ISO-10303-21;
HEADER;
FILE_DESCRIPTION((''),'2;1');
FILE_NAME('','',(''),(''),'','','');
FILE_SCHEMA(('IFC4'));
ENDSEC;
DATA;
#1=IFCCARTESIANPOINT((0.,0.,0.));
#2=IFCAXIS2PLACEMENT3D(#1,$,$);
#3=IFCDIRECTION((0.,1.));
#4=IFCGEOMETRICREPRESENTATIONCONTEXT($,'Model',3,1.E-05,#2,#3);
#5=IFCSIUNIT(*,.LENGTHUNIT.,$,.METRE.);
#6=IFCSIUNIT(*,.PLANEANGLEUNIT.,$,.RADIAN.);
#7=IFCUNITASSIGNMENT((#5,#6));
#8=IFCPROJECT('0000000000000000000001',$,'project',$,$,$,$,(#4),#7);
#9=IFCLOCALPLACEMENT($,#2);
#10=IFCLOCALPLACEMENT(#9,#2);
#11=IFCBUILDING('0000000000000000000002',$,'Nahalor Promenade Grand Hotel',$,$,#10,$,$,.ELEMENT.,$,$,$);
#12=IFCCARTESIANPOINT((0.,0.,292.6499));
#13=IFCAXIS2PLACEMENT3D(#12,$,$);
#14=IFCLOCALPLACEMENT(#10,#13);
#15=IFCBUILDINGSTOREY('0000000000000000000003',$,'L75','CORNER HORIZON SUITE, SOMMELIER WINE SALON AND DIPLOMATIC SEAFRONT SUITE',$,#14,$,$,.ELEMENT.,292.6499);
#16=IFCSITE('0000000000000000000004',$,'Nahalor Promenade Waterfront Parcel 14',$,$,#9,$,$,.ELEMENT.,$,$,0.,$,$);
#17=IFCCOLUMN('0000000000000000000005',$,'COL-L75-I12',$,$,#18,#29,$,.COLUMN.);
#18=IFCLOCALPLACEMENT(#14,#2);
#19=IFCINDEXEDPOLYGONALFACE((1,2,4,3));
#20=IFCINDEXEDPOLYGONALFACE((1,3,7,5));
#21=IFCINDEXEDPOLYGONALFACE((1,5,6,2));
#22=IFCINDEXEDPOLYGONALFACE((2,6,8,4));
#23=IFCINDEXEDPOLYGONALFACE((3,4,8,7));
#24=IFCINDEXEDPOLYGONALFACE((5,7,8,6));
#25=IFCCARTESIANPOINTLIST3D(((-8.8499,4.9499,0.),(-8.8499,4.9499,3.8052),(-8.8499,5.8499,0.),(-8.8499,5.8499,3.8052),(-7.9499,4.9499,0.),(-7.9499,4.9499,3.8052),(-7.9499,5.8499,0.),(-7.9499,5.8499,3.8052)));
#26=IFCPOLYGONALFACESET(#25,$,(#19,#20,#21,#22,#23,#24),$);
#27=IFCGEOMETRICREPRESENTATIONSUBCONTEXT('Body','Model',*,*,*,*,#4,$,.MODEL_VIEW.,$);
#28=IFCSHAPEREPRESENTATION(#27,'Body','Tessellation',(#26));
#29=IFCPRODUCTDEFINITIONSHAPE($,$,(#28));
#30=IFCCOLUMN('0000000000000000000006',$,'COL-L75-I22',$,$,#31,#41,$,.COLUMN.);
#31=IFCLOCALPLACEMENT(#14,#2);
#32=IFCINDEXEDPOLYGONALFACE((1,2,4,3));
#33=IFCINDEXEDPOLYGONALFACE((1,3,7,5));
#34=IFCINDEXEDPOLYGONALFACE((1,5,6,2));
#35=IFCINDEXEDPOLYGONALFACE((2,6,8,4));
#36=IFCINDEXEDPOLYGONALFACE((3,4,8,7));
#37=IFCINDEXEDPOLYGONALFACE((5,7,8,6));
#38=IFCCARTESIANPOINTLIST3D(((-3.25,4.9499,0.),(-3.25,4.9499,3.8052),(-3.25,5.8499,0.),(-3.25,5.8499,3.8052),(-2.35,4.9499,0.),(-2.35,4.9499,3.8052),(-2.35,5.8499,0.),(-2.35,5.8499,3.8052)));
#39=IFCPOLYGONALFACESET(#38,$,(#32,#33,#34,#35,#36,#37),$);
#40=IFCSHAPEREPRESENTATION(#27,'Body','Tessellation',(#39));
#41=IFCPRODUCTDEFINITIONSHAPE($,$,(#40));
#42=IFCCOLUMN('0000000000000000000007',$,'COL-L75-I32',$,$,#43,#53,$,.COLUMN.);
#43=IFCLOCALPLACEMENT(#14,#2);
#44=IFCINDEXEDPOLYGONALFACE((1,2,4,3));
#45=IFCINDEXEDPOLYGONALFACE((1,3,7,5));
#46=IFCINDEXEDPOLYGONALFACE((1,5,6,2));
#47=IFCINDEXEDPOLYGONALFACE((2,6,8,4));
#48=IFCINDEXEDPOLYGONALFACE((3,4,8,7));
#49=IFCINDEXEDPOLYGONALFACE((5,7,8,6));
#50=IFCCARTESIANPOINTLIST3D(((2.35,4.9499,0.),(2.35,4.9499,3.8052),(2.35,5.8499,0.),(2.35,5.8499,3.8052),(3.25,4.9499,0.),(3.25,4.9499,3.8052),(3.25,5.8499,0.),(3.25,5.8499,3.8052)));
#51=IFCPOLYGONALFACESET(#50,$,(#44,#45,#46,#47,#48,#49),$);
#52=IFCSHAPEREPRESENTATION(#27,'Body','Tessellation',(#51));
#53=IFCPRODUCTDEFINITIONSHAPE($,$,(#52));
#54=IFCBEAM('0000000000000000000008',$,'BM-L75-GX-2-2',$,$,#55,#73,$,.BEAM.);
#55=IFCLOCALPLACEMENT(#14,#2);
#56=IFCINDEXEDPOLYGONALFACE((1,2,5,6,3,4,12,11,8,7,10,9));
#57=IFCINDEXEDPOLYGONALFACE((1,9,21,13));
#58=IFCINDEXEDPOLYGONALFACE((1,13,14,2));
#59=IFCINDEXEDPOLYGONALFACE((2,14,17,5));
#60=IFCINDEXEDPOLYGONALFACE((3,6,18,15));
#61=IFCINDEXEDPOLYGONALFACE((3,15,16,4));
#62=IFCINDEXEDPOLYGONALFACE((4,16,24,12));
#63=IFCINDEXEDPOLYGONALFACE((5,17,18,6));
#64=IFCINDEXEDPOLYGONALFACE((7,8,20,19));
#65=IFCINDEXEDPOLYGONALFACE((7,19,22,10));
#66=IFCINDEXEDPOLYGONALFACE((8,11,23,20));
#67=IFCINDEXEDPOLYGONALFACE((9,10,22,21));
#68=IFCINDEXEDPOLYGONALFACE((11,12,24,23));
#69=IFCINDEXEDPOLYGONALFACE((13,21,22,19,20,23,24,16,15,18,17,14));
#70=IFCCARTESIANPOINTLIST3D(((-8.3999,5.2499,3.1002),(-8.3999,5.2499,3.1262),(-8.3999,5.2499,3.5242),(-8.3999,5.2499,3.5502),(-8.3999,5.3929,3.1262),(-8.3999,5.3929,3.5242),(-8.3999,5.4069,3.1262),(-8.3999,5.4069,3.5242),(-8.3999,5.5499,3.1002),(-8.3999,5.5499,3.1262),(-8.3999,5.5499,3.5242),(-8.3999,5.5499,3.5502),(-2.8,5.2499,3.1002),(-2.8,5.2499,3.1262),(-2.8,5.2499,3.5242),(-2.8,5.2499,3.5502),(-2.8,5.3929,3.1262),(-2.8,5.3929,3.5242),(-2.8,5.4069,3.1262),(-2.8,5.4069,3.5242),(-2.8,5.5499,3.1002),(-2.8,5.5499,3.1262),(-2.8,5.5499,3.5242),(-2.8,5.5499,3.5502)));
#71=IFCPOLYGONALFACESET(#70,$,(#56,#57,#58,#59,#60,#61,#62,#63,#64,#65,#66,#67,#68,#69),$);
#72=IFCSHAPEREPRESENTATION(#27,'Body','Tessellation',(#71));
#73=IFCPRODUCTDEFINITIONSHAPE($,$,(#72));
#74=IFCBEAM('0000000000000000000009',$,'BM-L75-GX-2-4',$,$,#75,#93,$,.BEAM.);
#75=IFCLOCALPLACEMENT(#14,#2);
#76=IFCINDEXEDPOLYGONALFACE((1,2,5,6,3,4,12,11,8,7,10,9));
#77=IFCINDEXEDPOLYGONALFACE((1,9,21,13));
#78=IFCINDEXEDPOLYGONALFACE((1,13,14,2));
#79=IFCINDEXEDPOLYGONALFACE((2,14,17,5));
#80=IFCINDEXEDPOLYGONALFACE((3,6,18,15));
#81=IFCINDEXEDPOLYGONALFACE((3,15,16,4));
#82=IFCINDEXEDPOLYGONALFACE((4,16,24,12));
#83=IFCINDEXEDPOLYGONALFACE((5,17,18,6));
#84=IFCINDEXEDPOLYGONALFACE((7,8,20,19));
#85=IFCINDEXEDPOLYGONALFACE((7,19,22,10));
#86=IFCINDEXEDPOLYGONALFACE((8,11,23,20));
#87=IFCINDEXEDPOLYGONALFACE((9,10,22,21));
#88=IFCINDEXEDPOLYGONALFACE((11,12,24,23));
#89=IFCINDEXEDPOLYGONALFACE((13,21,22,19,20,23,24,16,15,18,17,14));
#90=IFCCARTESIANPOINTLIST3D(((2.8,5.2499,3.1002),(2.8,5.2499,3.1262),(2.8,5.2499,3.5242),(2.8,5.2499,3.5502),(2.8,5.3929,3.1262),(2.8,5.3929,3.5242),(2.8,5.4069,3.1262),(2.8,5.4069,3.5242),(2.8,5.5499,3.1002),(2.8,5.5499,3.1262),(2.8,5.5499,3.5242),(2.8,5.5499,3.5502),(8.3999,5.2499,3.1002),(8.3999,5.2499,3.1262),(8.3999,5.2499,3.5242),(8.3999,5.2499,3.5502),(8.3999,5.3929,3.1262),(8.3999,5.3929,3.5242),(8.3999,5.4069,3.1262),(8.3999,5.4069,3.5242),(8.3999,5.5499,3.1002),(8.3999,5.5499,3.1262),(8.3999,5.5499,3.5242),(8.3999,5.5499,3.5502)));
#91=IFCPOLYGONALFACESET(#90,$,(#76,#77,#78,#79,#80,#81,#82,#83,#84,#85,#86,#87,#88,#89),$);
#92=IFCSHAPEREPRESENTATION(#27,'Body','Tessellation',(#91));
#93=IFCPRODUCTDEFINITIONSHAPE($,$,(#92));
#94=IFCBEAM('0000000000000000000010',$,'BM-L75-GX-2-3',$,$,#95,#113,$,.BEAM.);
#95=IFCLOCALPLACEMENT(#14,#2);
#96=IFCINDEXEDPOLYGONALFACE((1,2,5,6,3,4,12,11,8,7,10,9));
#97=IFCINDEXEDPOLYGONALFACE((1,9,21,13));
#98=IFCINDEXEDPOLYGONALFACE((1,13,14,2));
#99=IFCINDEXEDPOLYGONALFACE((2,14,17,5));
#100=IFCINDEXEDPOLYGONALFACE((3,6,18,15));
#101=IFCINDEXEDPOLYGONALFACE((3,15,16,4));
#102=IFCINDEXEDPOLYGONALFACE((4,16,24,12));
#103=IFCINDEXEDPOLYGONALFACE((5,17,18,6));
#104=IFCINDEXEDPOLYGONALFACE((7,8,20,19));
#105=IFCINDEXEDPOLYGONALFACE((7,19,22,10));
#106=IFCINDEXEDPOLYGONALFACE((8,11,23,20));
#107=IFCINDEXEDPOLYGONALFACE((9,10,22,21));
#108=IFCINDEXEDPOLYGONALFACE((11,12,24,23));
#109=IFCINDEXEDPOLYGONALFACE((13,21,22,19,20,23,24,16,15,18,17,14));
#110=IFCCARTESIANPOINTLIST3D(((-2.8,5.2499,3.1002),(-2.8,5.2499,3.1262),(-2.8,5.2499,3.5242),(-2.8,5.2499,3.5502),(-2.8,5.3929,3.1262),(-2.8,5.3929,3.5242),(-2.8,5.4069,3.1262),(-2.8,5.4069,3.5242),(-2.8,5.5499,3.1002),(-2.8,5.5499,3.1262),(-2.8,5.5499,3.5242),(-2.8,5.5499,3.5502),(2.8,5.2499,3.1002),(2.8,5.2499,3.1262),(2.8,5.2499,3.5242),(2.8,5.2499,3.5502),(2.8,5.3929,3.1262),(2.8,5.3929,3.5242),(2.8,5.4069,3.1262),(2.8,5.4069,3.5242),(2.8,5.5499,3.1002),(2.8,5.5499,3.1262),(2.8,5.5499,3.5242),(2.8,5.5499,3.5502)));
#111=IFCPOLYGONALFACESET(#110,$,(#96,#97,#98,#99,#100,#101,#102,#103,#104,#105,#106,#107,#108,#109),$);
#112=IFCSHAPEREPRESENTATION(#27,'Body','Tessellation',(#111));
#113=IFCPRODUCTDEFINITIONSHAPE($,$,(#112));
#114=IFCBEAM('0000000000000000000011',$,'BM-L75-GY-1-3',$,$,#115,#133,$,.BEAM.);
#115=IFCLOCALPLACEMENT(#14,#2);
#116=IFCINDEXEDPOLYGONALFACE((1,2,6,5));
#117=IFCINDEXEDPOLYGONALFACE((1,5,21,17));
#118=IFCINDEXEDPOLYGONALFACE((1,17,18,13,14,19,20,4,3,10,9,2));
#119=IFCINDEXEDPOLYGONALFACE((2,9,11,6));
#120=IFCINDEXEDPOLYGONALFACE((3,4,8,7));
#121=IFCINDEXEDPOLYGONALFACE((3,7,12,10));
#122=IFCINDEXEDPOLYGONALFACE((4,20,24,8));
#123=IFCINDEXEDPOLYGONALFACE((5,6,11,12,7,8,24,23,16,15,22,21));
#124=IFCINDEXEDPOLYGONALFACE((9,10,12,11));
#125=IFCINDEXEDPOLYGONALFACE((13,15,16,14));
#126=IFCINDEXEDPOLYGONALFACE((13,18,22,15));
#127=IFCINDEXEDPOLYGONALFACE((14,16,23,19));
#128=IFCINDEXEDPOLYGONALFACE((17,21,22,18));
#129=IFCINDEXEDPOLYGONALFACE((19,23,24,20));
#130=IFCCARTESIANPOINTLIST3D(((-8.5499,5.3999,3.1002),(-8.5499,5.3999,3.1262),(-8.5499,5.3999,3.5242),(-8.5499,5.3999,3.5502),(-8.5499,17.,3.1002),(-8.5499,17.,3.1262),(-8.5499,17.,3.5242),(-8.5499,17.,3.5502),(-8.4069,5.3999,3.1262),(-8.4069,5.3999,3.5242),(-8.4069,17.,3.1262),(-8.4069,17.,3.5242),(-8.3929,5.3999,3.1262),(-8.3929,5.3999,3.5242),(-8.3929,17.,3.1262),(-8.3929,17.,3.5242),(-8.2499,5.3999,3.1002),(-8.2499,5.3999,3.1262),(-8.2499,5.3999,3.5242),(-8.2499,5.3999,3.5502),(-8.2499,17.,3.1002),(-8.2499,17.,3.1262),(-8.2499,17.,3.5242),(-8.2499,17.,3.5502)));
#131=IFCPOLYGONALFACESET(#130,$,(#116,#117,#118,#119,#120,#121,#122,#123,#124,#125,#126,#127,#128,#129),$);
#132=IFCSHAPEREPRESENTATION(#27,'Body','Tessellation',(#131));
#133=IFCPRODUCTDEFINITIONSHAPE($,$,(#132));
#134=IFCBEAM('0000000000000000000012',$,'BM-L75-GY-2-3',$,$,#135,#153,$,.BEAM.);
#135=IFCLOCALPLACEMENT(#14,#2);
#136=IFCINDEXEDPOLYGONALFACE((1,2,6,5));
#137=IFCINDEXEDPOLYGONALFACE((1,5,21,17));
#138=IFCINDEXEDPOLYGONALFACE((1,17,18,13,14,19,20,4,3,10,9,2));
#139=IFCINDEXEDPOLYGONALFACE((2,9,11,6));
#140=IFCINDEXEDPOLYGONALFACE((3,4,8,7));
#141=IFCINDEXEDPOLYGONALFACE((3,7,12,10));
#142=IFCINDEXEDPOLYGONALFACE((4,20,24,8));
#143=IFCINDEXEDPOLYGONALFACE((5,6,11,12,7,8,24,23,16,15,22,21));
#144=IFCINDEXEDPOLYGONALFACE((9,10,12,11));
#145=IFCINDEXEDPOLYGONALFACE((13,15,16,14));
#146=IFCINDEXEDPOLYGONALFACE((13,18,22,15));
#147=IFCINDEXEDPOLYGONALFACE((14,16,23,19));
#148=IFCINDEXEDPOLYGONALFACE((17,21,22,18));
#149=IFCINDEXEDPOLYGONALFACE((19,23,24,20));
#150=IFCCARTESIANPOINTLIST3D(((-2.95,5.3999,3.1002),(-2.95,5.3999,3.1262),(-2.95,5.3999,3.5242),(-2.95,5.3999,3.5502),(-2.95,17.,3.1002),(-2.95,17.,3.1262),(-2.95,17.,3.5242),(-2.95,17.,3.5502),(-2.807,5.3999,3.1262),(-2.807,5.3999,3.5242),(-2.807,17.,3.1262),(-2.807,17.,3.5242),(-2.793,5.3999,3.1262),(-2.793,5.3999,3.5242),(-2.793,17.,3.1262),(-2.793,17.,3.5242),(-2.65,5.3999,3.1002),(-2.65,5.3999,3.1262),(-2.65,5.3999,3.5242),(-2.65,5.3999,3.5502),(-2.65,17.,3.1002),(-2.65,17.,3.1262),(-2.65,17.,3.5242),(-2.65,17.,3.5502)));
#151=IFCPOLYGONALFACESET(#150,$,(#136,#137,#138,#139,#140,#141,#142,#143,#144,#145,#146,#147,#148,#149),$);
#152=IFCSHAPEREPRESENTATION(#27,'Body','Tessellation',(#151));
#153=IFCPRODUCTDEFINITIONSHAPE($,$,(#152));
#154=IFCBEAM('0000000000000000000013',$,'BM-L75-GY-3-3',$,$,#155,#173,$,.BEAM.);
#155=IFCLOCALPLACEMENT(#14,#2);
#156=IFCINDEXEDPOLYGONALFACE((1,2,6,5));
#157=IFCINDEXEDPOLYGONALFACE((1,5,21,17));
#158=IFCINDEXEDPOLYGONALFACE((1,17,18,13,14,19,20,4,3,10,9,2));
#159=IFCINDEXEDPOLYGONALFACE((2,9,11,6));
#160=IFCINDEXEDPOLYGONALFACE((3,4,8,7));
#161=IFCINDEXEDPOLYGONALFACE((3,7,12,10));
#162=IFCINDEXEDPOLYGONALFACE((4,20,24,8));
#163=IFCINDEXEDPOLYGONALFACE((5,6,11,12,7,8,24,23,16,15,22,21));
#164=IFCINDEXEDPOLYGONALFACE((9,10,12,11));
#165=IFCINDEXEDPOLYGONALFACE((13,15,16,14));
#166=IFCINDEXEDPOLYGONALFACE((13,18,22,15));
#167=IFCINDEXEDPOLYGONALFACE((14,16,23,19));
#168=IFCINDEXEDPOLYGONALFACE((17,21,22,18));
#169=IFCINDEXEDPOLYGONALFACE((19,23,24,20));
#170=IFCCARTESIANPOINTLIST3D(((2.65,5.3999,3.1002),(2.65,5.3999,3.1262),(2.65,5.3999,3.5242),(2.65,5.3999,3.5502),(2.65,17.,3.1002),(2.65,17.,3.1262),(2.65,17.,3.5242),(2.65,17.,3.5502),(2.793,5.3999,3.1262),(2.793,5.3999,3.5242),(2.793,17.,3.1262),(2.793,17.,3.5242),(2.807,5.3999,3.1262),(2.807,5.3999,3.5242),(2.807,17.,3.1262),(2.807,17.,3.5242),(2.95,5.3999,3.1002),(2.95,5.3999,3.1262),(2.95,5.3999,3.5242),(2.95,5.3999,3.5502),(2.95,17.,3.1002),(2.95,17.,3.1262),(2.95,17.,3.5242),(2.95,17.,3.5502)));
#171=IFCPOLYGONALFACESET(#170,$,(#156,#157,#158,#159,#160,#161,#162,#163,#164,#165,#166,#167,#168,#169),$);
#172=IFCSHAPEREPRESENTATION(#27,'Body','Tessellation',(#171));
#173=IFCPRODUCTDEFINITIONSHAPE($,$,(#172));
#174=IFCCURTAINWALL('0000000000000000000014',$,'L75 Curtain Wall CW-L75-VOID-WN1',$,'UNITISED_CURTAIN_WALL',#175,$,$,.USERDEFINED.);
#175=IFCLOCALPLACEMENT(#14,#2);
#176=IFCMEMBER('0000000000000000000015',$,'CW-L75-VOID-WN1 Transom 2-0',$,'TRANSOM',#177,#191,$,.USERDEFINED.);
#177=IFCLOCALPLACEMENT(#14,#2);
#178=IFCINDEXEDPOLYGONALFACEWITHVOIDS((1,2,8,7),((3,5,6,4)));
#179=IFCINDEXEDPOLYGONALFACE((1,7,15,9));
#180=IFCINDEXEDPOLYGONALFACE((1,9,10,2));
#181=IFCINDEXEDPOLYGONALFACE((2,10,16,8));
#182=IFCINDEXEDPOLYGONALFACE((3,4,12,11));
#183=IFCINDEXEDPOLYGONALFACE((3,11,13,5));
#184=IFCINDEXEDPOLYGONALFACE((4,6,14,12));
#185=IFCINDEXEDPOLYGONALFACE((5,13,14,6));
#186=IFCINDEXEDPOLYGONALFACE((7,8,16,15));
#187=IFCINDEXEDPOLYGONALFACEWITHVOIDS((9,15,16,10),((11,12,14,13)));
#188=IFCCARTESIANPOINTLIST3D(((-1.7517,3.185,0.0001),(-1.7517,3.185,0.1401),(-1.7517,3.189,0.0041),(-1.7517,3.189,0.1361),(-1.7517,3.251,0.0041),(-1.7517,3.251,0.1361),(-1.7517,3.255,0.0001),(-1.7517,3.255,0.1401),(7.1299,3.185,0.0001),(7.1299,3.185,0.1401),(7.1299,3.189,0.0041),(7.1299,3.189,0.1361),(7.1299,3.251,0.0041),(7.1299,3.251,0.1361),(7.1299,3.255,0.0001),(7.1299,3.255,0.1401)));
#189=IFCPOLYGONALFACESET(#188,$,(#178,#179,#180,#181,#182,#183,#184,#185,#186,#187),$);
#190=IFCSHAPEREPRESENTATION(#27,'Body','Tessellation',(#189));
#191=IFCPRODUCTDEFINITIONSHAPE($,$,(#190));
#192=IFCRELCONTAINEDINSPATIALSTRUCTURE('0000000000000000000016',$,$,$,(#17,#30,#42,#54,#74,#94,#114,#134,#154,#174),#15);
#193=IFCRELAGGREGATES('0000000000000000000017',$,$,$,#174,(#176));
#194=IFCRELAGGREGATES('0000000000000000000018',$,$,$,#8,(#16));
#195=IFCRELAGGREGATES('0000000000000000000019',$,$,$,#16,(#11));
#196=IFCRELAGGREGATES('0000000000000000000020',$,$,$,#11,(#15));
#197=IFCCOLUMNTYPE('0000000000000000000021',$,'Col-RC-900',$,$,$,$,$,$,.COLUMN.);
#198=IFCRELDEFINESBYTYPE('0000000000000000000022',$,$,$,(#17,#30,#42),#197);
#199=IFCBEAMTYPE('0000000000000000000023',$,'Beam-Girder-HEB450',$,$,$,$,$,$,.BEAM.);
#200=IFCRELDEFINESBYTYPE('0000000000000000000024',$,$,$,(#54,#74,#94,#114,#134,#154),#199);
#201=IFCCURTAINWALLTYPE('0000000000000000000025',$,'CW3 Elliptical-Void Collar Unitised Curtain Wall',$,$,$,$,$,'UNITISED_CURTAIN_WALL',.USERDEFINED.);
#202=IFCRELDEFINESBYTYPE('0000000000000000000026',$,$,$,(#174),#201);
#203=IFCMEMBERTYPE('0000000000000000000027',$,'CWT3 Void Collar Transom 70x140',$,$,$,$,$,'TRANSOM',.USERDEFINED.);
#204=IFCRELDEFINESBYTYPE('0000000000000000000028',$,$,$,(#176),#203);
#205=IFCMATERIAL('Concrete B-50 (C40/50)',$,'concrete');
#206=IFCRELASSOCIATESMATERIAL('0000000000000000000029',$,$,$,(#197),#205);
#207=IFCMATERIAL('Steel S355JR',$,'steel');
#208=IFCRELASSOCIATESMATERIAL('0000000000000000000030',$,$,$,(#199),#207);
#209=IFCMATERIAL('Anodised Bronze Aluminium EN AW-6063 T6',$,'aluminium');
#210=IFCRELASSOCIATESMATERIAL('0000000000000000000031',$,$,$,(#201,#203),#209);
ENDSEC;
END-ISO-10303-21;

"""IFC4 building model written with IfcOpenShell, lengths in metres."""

from ifc_helpers import new_model, si_unit, direction, frame, origin, origin_2d, place, context, subcontext, project, spatial, rectangle, hollow_rectangle, i_section, extrude, source, transform, mapped, material, material_profile, profile_set, type_object, element, aggregate, save


model = new_model("IFC4")

# Units and contexts
model_context = context("Model", 3, precision=1e-05, world=origin(), true_north=direction((0.0, 1.0)))
body_context = subcontext(model_context, "Body", "Model", "MODEL_VIEW")
ifc_project = project(units=[si_unit("LENGTHUNIT", "METRE"), si_unit("PLANEANGLEUNIT", "RADIAN")], contexts=[model_context])

# Site, building, storey
site_placement = place(None, origin())
site = spatial("IfcSite", under=ifc_project, at=site_placement, Name="Nahalor Promenade Waterfront Parcel 14", CompositionType="ELEMENT", RefElevation=0.0)
building_placement = place(site_placement, origin())
building = spatial("IfcBuilding", under=site, at=building_placement, Name="Nahalor Promenade Grand Hotel", CompositionType="ELEMENT")
storey_placement = place(building_placement, frame((0.0, 0.0, 292.6499)))
storey = spatial("IfcBuildingStorey", under=building, at=storey_placement, Name="L75", Description="CORNER HORIZON SUITE, SOMMELIER WINE SALON AND DIPLOMATIC SEAFRONT SUITE", CompositionType="ELEMENT", Elevation=292.6499)

# Columns
ifc_material_1 = material(Name="Concrete B-50 (C40/50)", Category="concrete")
ifc_material_profile_1 = material_profile(ifc_material_1, rectangle(XDim=0.9, YDim=0.9, at=origin_2d()), Name="RC 900x900")
ifc_profile_set_1 = profile_set([ifc_material_profile_1], Name="Concrete B-50 (C40/50)")
column_type = type_object("IfcColumnType", Name="Col-RC-900", PredefinedType="COLUMN", material=ifc_profile_set_1)
shared_shape_1 = source(origin(), body_context, "Body", "SweptSolid", [
    extrude(rectangle(XDim=0.9, YDim=0.9, at=origin_2d()), origin(), (0.0, 0.0, 1.0), 3.8052),
])
for number, where, z_axis, x_axis, name in (
    (1, (-8.3999, 5.3999, 0.0), (0.0, 0.0, 1.0), (1.0, 0.0, 0.0), "COL-L75-I12"),
    (2, (-2.8, 5.3999, 0.0), (0.0, 0.0, 1.0), (1.0, 0.0, 0.0), "COL-L75-I22"),
    (3, (2.8, 5.3999, 0.0), (0.0, 0.0, 1.0), (1.0, 0.0, 0.0), "COL-L75-I32"),
):
    element("IfcColumn", number, at=place(storey_placement, frame(where, z_axis=z_axis, x_axis=x_axis)), inside=storey, type_object=column_type, Name=name, PredefinedType="COLUMN", context=body_context, shape_type="MappedRepresentation", body=[
        mapped(shared_shape_1, transform((0.0, 0.0, 0.0), scale=1.0)),
    ])

# Beams
ifc_material_2 = material(Name="Steel S355JR", Category="steel")
ifc_material_profile_2 = material_profile(ifc_material_2, i_section(OverallWidth=0.3, OverallDepth=0.45, WebThickness=0.014, FlangeThickness=0.026, at=origin_2d()), Name="HEB 450")
ifc_profile_set_2 = profile_set([ifc_material_profile_2], Name="Steel S355JR")
beam_type = type_object("IfcBeamType", Name="Beam-Girder-HEB450", PredefinedType="BEAM", material=ifc_profile_set_2)
shared_shape_2 = source(origin(), body_context, "Body", "SweptSolid", [
    extrude(i_section(OverallWidth=0.3, OverallDepth=0.45, WebThickness=0.014, FlangeThickness=0.026, at=origin_2d()), origin(), (0.0, 0.0, 1.0), 5.5999),
])
for number, where, z_axis, x_axis, name in (
    (4, (-8.3999, 5.3999, 3.3252), (1.0, 0.0, 0.0), (0.0, 1.0, 0.0), "BM-L75-GX-2-2"),
    (5, (2.8, 5.3999, 3.3252), (1.0, 0.0, 0.0), (0.0, 1.0, 0.0), "BM-L75-GX-2-4"),
):
    element("IfcBeam", number, at=place(storey_placement, frame(where, z_axis=z_axis, x_axis=x_axis)), inside=storey, type_object=beam_type, Name=name, PredefinedType="BEAM", context=body_context, shape_type="MappedRepresentation", body=[
        mapped(shared_shape_2, transform((0.0, 0.0, 0.0), scale=1.0)),
    ])
shared_shape_3 = source(origin(), body_context, "Body", "SweptSolid", [
    extrude(i_section(OverallWidth=0.3, OverallDepth=0.45, WebThickness=0.014, FlangeThickness=0.026, at=origin_2d()), origin(), (0.0, 0.0, 1.0), 5.6001),
])
beam_placement = place(storey_placement, frame((-2.8, 5.3999, 3.3252), z_axis=(1.0, 0.0, 0.0), x_axis=(0.0, 1.0, 0.0)))
element("IfcBeam", 6, at=beam_placement, inside=storey, type_object=beam_type, Name="BM-L75-GX-2-3", PredefinedType="BEAM", context=body_context, shape_type="MappedRepresentation", body=[
    mapped(shared_shape_3, transform((0.0, 0.0, 0.0), scale=1.0)),
])
shared_shape_4 = source(origin(), body_context, "Body", "SweptSolid", [
    extrude(i_section(OverallWidth=0.3, OverallDepth=0.45, WebThickness=0.014, FlangeThickness=0.026, at=origin_2d()), origin(), (0.0, 0.0, 1.0), 11.6001),
])
for number, where, z_axis, x_axis, name in (
    (7, (-8.3999, 5.3999, 3.3252), (0.0, 1.0, 0.0), (-1.0, 0.0, 0.0), "BM-L75-GY-1-3"),
    (8, (-2.8, 5.3999, 3.3252), (0.0, 1.0, 0.0), (-1.0, 0.0, 0.0), "BM-L75-GY-2-3"),
    (9, (2.8, 5.3999, 3.3252), (0.0, 1.0, 0.0), (-1.0, 0.0, 0.0), "BM-L75-GY-3-3"),
):
    element("IfcBeam", number, at=place(storey_placement, frame(where, z_axis=z_axis, x_axis=x_axis)), inside=storey, type_object=beam_type, Name=name, PredefinedType="BEAM", context=body_context, shape_type="MappedRepresentation", body=[
        mapped(shared_shape_4, transform((0.0, 0.0, 0.0), scale=1.0)),
    ])

# Curtain wall, member
ifc_material_3 = material(Name="Anodised Bronze Aluminium EN AW-6063 T6", Category="aluminium")
curtain_wall_type = type_object("IfcCurtainWallType", Name="CW3 Elliptical-Void Collar Unitised Curtain Wall", ElementType="UNITISED_CURTAIN_WALL", PredefinedType="USERDEFINED", material=ifc_material_3)
curtain_wall_placement = place(storey_placement, origin())
curtain_wall = element("IfcCurtainWall", 10, at=curtain_wall_placement, inside=storey, type_object=curtain_wall_type, Name="L75 Curtain Wall CW-L75-VOID-WN1", ObjectType="UNITISED_CURTAIN_WALL", PredefinedType="USERDEFINED")
ifc_material_profile_3 = material_profile(ifc_material_3, hollow_rectangle(XDim=0.07, YDim=0.14, WallThickness=0.004, at=origin_2d()), Name="CWT 70x140x4")
ifc_profile_set_3 = profile_set([ifc_material_profile_3], Name="Anodised Bronze Aluminium EN AW-6063 T6")
member_type_1 = type_object("IfcMemberType", Name="CWT3 Void Collar Transom 70x140", ElementType="TRANSOM", PredefinedType="USERDEFINED", material=ifc_profile_set_3)
shared_shape_5 = source(origin(), body_context, "Body", "SweptSolid", [
    extrude(hollow_rectangle(XDim=0.07, YDim=0.14, WallThickness=0.004, at=origin_2d()), origin(), (0.0, 0.0, 1.0), 8.8816),
])
member_1_placement = place(storey_placement, frame((-1.7517, 3.22, 0.0701), z_axis=(1.0, 0.0, 0.0), x_axis=(0.0, 1.0, 0.0)))
member_1 = element("IfcMember", 11, at=member_1_placement, type_object=member_type_1, Name="CW-L75-VOID-WN1 Transom 2-0", ObjectType="TRANSOM", PredefinedType="USERDEFINED", context=body_context, shape_type="MappedRepresentation", body=[
    mapped(shared_shape_5, transform((0.0, 0.0, 0.0), scale=1.0)),
])

aggregate(curtain_wall, [member_1])

save(model, "model.ifc")
